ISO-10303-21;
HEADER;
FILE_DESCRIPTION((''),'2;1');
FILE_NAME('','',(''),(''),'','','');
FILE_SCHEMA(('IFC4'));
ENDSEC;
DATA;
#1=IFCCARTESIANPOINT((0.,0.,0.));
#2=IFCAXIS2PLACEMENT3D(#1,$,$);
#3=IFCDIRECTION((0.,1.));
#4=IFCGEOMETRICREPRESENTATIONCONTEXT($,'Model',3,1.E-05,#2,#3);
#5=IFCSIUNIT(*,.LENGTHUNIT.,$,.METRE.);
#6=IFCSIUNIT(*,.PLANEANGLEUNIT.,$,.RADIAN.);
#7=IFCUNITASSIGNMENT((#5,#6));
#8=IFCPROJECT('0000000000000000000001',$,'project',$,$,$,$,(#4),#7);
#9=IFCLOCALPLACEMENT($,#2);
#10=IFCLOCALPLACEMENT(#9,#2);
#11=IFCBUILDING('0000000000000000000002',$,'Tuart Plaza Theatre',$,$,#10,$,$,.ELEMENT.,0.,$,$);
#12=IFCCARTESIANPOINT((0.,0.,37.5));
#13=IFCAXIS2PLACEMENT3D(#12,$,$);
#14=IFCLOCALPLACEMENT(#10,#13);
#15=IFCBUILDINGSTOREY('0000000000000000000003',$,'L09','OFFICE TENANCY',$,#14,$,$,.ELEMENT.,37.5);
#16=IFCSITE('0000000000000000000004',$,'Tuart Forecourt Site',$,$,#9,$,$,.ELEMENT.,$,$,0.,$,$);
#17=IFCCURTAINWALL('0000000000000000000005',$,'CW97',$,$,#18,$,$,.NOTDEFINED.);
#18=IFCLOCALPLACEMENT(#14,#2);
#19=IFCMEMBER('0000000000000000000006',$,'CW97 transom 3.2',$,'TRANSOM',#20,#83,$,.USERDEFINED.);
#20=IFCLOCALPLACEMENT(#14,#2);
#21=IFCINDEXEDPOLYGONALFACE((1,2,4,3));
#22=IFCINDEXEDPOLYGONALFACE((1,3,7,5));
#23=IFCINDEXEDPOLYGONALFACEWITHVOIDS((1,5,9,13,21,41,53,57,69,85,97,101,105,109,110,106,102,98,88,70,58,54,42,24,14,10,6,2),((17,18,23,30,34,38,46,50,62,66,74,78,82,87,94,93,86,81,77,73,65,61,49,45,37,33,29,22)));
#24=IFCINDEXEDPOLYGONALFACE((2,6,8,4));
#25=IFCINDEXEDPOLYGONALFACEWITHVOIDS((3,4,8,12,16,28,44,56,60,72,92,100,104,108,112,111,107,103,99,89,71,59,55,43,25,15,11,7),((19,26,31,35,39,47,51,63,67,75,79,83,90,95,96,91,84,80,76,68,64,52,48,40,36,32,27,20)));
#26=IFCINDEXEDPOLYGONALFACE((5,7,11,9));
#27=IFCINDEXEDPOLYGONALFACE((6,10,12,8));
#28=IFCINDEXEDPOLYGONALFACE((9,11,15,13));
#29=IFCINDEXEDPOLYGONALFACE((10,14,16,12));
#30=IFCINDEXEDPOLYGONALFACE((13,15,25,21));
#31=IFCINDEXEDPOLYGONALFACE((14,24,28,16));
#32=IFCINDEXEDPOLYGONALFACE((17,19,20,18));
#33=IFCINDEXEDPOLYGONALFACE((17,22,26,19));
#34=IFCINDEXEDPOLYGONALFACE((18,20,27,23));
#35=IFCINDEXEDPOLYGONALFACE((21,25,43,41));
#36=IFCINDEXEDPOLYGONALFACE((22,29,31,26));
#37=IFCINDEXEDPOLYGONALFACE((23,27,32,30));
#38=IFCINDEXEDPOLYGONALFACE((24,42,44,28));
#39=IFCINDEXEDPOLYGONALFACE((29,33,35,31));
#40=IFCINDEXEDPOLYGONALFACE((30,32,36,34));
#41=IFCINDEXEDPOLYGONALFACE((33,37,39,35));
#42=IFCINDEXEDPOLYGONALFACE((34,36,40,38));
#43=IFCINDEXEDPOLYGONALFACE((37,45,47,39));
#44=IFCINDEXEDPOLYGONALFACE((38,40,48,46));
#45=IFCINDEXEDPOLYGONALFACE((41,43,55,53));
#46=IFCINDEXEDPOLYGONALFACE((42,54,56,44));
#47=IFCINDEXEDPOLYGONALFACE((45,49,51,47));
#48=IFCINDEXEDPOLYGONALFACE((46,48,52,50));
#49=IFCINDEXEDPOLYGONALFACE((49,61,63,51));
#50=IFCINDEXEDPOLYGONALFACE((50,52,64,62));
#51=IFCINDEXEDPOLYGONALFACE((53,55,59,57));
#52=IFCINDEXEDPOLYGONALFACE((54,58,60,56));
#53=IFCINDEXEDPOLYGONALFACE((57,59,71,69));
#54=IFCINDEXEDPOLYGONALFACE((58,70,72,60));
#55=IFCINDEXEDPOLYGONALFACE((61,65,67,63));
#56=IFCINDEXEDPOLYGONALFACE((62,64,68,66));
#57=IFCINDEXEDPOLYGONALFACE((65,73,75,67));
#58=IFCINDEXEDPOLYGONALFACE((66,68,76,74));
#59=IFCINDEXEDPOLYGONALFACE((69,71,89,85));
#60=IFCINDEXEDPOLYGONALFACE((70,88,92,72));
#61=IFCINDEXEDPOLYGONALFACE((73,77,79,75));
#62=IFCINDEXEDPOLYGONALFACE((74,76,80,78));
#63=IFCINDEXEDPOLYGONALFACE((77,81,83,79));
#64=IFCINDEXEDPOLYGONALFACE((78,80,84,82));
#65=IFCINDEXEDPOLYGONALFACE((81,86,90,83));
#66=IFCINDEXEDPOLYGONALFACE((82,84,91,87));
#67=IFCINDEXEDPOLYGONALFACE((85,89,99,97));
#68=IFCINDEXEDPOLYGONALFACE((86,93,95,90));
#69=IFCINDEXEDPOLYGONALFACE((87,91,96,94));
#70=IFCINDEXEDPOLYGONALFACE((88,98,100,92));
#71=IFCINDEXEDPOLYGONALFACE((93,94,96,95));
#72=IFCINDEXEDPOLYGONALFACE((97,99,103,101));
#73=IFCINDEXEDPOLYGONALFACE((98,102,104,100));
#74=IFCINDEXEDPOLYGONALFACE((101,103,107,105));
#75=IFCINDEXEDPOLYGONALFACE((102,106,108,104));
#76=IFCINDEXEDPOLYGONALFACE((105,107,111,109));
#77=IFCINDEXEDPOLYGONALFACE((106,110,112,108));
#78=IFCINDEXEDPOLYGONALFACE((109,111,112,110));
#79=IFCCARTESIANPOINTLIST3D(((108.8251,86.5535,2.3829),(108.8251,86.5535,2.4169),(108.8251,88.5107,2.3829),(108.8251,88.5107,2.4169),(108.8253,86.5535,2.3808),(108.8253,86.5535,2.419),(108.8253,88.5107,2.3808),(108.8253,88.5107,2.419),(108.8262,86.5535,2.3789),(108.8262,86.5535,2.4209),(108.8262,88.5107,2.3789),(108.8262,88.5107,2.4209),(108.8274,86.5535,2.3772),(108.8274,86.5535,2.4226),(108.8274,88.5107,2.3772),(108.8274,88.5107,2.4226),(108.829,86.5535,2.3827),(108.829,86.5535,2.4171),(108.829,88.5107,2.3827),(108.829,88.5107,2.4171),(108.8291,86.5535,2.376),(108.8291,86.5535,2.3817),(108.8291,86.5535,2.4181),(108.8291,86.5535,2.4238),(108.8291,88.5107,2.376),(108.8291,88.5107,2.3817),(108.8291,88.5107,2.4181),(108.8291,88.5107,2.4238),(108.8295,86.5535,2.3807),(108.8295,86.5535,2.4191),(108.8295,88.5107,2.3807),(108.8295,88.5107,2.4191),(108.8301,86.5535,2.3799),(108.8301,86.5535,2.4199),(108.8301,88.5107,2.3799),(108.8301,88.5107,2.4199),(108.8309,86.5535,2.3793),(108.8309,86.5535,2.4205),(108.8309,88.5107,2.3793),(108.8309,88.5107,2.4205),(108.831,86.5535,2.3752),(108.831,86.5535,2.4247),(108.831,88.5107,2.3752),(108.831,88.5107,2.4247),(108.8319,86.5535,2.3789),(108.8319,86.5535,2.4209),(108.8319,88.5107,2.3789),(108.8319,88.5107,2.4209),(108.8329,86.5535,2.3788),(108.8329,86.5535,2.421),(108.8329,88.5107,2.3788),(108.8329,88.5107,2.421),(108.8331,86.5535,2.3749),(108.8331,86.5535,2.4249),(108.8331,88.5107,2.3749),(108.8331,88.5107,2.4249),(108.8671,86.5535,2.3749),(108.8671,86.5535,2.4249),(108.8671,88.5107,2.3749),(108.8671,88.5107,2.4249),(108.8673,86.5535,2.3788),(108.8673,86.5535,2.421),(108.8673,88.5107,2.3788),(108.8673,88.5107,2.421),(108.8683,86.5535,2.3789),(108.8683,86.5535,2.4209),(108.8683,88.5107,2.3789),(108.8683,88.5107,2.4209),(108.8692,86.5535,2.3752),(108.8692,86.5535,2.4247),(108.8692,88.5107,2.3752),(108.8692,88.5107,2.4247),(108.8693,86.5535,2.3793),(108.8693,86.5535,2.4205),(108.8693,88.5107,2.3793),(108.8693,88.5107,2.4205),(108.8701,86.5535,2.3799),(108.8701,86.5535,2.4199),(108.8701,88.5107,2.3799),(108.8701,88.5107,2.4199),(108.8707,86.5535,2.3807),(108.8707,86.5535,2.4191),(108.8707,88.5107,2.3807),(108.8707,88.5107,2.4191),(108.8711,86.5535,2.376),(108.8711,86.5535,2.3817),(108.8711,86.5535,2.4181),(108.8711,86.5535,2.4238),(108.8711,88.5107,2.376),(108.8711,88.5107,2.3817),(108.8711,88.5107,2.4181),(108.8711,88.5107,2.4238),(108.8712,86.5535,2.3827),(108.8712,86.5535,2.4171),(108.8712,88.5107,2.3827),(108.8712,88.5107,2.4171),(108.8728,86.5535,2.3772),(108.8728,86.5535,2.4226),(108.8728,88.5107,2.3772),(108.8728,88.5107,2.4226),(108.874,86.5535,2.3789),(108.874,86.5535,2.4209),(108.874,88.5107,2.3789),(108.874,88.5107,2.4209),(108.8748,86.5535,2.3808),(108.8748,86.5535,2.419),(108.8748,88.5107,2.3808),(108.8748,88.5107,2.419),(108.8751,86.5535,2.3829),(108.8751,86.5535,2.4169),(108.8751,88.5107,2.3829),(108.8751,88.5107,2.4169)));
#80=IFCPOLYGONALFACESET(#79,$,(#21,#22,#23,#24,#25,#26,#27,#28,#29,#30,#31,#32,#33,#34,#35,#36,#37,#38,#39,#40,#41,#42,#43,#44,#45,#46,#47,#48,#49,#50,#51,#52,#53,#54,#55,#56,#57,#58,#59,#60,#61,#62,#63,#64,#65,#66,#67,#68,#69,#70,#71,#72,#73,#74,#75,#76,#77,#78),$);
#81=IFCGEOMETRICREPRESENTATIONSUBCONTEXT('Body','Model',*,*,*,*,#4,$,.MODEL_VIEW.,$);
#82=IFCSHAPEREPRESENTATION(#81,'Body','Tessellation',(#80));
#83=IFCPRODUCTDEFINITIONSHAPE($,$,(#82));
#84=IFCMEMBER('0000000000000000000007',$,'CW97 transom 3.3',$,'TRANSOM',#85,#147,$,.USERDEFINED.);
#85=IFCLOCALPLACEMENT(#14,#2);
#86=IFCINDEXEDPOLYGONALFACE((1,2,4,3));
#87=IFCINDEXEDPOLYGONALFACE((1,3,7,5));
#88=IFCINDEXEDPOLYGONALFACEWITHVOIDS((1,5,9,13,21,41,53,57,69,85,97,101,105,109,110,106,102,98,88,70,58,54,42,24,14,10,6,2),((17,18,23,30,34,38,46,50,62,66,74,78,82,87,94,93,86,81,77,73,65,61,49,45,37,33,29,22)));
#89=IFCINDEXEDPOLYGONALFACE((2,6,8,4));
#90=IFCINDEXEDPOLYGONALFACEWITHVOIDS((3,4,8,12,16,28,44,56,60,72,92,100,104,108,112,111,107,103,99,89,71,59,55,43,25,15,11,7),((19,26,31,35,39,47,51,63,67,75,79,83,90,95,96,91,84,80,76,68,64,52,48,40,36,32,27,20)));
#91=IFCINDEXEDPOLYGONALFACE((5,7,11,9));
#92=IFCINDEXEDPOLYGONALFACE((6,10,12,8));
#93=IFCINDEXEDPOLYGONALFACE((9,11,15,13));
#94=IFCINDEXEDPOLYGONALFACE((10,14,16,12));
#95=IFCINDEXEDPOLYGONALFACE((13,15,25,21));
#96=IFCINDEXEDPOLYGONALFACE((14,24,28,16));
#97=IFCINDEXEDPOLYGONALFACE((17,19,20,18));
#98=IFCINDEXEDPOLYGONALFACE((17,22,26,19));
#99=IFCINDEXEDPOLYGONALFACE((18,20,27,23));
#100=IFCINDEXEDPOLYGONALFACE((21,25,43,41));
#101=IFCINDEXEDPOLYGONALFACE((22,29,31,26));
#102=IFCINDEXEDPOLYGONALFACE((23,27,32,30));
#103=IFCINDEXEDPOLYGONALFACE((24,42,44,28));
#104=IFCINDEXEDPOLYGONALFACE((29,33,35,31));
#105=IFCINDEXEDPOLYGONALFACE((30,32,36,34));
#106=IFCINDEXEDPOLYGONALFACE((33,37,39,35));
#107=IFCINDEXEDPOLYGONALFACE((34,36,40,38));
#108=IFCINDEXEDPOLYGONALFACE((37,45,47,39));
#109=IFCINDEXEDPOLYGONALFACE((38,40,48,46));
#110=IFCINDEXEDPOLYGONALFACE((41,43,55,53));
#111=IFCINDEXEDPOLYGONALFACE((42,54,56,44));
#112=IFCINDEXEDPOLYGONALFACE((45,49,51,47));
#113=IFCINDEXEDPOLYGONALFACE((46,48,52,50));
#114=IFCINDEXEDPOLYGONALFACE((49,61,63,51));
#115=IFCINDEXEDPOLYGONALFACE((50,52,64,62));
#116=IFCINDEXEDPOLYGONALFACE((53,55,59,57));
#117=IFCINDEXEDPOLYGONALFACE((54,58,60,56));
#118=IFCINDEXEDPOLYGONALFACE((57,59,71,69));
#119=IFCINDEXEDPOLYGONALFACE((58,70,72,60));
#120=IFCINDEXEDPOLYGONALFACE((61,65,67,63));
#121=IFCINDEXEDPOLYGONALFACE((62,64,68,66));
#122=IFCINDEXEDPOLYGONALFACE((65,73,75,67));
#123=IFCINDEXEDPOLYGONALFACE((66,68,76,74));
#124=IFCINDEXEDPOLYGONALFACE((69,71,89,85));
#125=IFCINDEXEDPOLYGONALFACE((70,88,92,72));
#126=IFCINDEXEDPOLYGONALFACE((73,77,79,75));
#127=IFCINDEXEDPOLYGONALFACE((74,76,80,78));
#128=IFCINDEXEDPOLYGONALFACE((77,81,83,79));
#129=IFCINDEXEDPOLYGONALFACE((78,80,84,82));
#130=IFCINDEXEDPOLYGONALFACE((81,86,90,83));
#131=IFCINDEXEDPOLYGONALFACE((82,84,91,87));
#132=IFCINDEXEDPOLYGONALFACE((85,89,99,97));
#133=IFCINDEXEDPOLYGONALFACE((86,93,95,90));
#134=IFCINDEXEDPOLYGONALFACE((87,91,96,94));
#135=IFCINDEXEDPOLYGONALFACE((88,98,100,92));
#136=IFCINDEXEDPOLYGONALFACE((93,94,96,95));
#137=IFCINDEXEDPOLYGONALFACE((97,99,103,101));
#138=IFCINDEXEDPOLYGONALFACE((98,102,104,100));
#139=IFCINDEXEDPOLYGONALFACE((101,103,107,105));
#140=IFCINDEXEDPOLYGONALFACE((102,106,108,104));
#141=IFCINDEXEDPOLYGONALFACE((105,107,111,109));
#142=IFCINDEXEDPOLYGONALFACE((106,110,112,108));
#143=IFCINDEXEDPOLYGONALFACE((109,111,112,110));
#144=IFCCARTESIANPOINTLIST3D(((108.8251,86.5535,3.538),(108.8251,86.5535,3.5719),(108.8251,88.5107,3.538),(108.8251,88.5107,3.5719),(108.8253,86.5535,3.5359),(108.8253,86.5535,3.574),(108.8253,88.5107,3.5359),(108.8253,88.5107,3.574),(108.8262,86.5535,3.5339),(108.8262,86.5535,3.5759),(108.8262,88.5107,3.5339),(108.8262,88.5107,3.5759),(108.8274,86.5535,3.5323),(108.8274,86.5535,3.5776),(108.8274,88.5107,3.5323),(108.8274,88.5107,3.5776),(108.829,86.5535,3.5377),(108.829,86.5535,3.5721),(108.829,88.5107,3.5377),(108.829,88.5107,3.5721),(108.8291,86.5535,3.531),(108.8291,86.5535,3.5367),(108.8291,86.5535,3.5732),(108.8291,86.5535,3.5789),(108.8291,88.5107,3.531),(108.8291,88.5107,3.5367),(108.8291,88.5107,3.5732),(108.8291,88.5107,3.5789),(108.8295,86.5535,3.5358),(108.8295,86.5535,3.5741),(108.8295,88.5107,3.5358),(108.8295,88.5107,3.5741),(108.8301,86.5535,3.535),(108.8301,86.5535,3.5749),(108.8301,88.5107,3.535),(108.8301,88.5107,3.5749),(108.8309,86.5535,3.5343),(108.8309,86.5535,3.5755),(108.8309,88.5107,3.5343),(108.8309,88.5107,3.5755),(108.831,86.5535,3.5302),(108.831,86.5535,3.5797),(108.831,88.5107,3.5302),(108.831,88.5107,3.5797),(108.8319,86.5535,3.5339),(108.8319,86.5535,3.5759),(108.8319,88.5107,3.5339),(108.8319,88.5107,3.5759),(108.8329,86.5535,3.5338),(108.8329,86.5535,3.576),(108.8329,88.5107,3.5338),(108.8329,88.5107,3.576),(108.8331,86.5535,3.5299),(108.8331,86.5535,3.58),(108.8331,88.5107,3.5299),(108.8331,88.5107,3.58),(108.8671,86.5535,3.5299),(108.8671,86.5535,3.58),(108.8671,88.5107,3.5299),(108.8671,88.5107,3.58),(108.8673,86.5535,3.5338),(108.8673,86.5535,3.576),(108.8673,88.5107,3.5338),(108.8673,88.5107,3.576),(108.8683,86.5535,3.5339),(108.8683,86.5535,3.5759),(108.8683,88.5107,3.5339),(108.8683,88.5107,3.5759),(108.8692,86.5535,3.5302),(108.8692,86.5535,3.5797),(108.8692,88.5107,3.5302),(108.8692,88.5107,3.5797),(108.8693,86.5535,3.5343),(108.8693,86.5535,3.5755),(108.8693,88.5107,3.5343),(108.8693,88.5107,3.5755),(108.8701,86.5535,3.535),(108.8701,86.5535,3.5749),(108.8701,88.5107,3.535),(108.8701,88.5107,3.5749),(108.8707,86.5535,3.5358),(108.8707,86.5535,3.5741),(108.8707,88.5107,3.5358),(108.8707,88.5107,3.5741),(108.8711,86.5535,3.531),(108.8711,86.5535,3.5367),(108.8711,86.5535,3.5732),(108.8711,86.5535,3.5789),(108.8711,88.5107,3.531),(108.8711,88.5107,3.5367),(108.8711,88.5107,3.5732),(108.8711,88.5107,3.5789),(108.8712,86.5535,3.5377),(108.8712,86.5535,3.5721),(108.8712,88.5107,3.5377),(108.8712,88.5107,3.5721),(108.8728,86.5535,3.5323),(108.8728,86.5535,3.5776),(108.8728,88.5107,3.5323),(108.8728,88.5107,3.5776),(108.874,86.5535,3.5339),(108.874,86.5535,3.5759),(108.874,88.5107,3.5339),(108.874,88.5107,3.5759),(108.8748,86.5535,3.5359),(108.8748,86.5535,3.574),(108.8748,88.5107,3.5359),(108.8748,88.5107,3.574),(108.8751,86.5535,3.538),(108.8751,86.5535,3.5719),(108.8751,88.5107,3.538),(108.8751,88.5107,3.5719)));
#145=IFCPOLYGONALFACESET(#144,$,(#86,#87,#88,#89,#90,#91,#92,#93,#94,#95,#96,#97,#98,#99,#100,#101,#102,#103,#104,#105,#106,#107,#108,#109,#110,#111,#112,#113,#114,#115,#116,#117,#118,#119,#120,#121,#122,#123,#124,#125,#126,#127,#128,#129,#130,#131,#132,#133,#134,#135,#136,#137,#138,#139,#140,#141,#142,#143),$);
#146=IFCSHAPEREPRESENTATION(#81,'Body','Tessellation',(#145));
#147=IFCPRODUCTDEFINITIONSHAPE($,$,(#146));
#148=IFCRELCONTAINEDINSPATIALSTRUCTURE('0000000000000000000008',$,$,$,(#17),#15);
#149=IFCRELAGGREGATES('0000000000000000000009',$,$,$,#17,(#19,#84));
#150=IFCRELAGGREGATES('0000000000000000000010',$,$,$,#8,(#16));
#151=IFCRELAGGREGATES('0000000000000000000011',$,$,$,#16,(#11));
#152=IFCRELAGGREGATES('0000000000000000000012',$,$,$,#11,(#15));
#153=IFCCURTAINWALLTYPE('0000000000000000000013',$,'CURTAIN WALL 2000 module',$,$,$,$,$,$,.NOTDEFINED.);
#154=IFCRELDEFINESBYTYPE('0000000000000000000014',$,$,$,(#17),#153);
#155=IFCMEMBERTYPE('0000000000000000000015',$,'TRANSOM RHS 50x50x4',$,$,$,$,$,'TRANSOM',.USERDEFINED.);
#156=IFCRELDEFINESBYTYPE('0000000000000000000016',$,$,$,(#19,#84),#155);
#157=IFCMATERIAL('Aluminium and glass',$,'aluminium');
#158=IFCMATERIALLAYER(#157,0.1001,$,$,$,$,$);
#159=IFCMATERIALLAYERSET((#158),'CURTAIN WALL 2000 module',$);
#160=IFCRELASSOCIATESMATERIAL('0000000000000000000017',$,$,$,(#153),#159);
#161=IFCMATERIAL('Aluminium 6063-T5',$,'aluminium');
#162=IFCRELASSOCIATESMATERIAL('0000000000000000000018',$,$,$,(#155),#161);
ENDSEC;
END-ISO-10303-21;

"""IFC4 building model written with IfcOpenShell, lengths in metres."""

from ifc_helpers import new_model, si_unit, direction, frame, origin, origin_2d, place, context, subcontext, project, spatial, hollow_rectangle, extrude, material, layer, layer_set, material_profile, profile_set, type_object, element, aggregate, save


model = new_model("IFC4")

# Units and contexts
model_context = context("Model", 3, precision=1e-05, world=origin(), true_north=direction((0.0, 1.0)))
body_context = subcontext(model_context, "Body", "Model", "MODEL_VIEW")
ifc_project = project(units=[si_unit("LENGTHUNIT", "METRE"), si_unit("PLANEANGLEUNIT", "RADIAN")], contexts=[model_context])

# Site, building, storey
site_placement = place(None, origin())
site = spatial("IfcSite", under=ifc_project, at=site_placement, Name="Tuart Forecourt Site", CompositionType="ELEMENT", RefElevation=0.0)
building_placement = place(site_placement, origin())
building = spatial("IfcBuilding", under=site, at=building_placement, Name="Tuart Plaza Theatre", CompositionType="ELEMENT", ElevationOfRefHeight=0.0)
storey_placement = place(building_placement, frame((0.0, 0.0, 37.5)))
storey = spatial("IfcBuildingStorey", under=building, at=storey_placement, Name="L09", Description="OFFICE TENANCY", CompositionType="ELEMENT", Elevation=37.5)

# Curtain wall, members
ifc_material_1 = material(Name="Aluminium and glass", Category="aluminium")
ifc_layer_1 = layer(ifc_material_1, 0.1001)
ifc_layer_set_1 = layer_set([ifc_layer_1], Name="CURTAIN WALL 2000 module")
curtain_wall_type = type_object("IfcCurtainWallType", Name="CURTAIN WALL 2000 module", PredefinedType="NOTDEFINED", material=ifc_layer_set_1)
curtain_wall_placement = place(storey_placement, origin())
curtain_wall = element("IfcCurtainWall", 1, at=curtain_wall_placement, inside=storey, type_object=curtain_wall_type, Name="CW97", PredefinedType="NOTDEFINED")
ifc_material_2 = material(Name="Aluminium 6063-T5", Category="aluminium")
ifc_material_profile_1 = material_profile(ifc_material_2, hollow_rectangle(XDim=0.05, YDim=0.05, WallThickness=0.0039, InnerFilletRadius=0.0039, OuterFilletRadius=0.0081, at=origin_2d()), Name="RHS 50x50x4")
ifc_profile_set_1 = profile_set([ifc_material_profile_1], Name="Aluminium 6063-T5")
member_type_1 = type_object("IfcMemberType", Name="TRANSOM RHS 50x50x4", ElementType="TRANSOM", PredefinedType="USERDEFINED", material=ifc_profile_set_1)
member_1_placement = place(storey_placement, frame((108.8501, 88.5107, 2.3999), z_axis=(0.0, -1.0, 0.0), x_axis=(1.0, 0.0, 0.0)))
member_1 = element("IfcMember", 2, at=member_1_placement, type_object=member_type_1, Name="CW97 transom 3.2", ObjectType="TRANSOM", PredefinedType="USERDEFINED", context=body_context, shape_type="SweptSolid", body=[
    extrude(hollow_rectangle(XDim=0.05, YDim=0.05, WallThickness=0.0039, InnerFilletRadius=0.0039, OuterFilletRadius=0.0081, at=origin_2d()), origin(), (0.0, 0.0, 1.0), 1.9573),
])
member_2_placement = place(storey_placement, frame((108.8501, 88.5107, 3.5549), z_axis=(0.0, -1.0, 0.0), x_axis=(1.0, 0.0, 0.0)))
member_2 = element("IfcMember", 3, at=member_2_placement, type_object=member_type_1, Name="CW97 transom 3.3", ObjectType="TRANSOM", PredefinedType="USERDEFINED", context=body_context, shape_type="SweptSolid", body=[
    extrude(hollow_rectangle(XDim=0.05, YDim=0.05, WallThickness=0.0039, InnerFilletRadius=0.0039, OuterFilletRadius=0.0081, at=origin_2d()), origin(), (0.0, 0.0, 1.0), 1.9573),
])
aggregate(curtain_wall, [member_1, member_2])

save(model, "model.ifc")
